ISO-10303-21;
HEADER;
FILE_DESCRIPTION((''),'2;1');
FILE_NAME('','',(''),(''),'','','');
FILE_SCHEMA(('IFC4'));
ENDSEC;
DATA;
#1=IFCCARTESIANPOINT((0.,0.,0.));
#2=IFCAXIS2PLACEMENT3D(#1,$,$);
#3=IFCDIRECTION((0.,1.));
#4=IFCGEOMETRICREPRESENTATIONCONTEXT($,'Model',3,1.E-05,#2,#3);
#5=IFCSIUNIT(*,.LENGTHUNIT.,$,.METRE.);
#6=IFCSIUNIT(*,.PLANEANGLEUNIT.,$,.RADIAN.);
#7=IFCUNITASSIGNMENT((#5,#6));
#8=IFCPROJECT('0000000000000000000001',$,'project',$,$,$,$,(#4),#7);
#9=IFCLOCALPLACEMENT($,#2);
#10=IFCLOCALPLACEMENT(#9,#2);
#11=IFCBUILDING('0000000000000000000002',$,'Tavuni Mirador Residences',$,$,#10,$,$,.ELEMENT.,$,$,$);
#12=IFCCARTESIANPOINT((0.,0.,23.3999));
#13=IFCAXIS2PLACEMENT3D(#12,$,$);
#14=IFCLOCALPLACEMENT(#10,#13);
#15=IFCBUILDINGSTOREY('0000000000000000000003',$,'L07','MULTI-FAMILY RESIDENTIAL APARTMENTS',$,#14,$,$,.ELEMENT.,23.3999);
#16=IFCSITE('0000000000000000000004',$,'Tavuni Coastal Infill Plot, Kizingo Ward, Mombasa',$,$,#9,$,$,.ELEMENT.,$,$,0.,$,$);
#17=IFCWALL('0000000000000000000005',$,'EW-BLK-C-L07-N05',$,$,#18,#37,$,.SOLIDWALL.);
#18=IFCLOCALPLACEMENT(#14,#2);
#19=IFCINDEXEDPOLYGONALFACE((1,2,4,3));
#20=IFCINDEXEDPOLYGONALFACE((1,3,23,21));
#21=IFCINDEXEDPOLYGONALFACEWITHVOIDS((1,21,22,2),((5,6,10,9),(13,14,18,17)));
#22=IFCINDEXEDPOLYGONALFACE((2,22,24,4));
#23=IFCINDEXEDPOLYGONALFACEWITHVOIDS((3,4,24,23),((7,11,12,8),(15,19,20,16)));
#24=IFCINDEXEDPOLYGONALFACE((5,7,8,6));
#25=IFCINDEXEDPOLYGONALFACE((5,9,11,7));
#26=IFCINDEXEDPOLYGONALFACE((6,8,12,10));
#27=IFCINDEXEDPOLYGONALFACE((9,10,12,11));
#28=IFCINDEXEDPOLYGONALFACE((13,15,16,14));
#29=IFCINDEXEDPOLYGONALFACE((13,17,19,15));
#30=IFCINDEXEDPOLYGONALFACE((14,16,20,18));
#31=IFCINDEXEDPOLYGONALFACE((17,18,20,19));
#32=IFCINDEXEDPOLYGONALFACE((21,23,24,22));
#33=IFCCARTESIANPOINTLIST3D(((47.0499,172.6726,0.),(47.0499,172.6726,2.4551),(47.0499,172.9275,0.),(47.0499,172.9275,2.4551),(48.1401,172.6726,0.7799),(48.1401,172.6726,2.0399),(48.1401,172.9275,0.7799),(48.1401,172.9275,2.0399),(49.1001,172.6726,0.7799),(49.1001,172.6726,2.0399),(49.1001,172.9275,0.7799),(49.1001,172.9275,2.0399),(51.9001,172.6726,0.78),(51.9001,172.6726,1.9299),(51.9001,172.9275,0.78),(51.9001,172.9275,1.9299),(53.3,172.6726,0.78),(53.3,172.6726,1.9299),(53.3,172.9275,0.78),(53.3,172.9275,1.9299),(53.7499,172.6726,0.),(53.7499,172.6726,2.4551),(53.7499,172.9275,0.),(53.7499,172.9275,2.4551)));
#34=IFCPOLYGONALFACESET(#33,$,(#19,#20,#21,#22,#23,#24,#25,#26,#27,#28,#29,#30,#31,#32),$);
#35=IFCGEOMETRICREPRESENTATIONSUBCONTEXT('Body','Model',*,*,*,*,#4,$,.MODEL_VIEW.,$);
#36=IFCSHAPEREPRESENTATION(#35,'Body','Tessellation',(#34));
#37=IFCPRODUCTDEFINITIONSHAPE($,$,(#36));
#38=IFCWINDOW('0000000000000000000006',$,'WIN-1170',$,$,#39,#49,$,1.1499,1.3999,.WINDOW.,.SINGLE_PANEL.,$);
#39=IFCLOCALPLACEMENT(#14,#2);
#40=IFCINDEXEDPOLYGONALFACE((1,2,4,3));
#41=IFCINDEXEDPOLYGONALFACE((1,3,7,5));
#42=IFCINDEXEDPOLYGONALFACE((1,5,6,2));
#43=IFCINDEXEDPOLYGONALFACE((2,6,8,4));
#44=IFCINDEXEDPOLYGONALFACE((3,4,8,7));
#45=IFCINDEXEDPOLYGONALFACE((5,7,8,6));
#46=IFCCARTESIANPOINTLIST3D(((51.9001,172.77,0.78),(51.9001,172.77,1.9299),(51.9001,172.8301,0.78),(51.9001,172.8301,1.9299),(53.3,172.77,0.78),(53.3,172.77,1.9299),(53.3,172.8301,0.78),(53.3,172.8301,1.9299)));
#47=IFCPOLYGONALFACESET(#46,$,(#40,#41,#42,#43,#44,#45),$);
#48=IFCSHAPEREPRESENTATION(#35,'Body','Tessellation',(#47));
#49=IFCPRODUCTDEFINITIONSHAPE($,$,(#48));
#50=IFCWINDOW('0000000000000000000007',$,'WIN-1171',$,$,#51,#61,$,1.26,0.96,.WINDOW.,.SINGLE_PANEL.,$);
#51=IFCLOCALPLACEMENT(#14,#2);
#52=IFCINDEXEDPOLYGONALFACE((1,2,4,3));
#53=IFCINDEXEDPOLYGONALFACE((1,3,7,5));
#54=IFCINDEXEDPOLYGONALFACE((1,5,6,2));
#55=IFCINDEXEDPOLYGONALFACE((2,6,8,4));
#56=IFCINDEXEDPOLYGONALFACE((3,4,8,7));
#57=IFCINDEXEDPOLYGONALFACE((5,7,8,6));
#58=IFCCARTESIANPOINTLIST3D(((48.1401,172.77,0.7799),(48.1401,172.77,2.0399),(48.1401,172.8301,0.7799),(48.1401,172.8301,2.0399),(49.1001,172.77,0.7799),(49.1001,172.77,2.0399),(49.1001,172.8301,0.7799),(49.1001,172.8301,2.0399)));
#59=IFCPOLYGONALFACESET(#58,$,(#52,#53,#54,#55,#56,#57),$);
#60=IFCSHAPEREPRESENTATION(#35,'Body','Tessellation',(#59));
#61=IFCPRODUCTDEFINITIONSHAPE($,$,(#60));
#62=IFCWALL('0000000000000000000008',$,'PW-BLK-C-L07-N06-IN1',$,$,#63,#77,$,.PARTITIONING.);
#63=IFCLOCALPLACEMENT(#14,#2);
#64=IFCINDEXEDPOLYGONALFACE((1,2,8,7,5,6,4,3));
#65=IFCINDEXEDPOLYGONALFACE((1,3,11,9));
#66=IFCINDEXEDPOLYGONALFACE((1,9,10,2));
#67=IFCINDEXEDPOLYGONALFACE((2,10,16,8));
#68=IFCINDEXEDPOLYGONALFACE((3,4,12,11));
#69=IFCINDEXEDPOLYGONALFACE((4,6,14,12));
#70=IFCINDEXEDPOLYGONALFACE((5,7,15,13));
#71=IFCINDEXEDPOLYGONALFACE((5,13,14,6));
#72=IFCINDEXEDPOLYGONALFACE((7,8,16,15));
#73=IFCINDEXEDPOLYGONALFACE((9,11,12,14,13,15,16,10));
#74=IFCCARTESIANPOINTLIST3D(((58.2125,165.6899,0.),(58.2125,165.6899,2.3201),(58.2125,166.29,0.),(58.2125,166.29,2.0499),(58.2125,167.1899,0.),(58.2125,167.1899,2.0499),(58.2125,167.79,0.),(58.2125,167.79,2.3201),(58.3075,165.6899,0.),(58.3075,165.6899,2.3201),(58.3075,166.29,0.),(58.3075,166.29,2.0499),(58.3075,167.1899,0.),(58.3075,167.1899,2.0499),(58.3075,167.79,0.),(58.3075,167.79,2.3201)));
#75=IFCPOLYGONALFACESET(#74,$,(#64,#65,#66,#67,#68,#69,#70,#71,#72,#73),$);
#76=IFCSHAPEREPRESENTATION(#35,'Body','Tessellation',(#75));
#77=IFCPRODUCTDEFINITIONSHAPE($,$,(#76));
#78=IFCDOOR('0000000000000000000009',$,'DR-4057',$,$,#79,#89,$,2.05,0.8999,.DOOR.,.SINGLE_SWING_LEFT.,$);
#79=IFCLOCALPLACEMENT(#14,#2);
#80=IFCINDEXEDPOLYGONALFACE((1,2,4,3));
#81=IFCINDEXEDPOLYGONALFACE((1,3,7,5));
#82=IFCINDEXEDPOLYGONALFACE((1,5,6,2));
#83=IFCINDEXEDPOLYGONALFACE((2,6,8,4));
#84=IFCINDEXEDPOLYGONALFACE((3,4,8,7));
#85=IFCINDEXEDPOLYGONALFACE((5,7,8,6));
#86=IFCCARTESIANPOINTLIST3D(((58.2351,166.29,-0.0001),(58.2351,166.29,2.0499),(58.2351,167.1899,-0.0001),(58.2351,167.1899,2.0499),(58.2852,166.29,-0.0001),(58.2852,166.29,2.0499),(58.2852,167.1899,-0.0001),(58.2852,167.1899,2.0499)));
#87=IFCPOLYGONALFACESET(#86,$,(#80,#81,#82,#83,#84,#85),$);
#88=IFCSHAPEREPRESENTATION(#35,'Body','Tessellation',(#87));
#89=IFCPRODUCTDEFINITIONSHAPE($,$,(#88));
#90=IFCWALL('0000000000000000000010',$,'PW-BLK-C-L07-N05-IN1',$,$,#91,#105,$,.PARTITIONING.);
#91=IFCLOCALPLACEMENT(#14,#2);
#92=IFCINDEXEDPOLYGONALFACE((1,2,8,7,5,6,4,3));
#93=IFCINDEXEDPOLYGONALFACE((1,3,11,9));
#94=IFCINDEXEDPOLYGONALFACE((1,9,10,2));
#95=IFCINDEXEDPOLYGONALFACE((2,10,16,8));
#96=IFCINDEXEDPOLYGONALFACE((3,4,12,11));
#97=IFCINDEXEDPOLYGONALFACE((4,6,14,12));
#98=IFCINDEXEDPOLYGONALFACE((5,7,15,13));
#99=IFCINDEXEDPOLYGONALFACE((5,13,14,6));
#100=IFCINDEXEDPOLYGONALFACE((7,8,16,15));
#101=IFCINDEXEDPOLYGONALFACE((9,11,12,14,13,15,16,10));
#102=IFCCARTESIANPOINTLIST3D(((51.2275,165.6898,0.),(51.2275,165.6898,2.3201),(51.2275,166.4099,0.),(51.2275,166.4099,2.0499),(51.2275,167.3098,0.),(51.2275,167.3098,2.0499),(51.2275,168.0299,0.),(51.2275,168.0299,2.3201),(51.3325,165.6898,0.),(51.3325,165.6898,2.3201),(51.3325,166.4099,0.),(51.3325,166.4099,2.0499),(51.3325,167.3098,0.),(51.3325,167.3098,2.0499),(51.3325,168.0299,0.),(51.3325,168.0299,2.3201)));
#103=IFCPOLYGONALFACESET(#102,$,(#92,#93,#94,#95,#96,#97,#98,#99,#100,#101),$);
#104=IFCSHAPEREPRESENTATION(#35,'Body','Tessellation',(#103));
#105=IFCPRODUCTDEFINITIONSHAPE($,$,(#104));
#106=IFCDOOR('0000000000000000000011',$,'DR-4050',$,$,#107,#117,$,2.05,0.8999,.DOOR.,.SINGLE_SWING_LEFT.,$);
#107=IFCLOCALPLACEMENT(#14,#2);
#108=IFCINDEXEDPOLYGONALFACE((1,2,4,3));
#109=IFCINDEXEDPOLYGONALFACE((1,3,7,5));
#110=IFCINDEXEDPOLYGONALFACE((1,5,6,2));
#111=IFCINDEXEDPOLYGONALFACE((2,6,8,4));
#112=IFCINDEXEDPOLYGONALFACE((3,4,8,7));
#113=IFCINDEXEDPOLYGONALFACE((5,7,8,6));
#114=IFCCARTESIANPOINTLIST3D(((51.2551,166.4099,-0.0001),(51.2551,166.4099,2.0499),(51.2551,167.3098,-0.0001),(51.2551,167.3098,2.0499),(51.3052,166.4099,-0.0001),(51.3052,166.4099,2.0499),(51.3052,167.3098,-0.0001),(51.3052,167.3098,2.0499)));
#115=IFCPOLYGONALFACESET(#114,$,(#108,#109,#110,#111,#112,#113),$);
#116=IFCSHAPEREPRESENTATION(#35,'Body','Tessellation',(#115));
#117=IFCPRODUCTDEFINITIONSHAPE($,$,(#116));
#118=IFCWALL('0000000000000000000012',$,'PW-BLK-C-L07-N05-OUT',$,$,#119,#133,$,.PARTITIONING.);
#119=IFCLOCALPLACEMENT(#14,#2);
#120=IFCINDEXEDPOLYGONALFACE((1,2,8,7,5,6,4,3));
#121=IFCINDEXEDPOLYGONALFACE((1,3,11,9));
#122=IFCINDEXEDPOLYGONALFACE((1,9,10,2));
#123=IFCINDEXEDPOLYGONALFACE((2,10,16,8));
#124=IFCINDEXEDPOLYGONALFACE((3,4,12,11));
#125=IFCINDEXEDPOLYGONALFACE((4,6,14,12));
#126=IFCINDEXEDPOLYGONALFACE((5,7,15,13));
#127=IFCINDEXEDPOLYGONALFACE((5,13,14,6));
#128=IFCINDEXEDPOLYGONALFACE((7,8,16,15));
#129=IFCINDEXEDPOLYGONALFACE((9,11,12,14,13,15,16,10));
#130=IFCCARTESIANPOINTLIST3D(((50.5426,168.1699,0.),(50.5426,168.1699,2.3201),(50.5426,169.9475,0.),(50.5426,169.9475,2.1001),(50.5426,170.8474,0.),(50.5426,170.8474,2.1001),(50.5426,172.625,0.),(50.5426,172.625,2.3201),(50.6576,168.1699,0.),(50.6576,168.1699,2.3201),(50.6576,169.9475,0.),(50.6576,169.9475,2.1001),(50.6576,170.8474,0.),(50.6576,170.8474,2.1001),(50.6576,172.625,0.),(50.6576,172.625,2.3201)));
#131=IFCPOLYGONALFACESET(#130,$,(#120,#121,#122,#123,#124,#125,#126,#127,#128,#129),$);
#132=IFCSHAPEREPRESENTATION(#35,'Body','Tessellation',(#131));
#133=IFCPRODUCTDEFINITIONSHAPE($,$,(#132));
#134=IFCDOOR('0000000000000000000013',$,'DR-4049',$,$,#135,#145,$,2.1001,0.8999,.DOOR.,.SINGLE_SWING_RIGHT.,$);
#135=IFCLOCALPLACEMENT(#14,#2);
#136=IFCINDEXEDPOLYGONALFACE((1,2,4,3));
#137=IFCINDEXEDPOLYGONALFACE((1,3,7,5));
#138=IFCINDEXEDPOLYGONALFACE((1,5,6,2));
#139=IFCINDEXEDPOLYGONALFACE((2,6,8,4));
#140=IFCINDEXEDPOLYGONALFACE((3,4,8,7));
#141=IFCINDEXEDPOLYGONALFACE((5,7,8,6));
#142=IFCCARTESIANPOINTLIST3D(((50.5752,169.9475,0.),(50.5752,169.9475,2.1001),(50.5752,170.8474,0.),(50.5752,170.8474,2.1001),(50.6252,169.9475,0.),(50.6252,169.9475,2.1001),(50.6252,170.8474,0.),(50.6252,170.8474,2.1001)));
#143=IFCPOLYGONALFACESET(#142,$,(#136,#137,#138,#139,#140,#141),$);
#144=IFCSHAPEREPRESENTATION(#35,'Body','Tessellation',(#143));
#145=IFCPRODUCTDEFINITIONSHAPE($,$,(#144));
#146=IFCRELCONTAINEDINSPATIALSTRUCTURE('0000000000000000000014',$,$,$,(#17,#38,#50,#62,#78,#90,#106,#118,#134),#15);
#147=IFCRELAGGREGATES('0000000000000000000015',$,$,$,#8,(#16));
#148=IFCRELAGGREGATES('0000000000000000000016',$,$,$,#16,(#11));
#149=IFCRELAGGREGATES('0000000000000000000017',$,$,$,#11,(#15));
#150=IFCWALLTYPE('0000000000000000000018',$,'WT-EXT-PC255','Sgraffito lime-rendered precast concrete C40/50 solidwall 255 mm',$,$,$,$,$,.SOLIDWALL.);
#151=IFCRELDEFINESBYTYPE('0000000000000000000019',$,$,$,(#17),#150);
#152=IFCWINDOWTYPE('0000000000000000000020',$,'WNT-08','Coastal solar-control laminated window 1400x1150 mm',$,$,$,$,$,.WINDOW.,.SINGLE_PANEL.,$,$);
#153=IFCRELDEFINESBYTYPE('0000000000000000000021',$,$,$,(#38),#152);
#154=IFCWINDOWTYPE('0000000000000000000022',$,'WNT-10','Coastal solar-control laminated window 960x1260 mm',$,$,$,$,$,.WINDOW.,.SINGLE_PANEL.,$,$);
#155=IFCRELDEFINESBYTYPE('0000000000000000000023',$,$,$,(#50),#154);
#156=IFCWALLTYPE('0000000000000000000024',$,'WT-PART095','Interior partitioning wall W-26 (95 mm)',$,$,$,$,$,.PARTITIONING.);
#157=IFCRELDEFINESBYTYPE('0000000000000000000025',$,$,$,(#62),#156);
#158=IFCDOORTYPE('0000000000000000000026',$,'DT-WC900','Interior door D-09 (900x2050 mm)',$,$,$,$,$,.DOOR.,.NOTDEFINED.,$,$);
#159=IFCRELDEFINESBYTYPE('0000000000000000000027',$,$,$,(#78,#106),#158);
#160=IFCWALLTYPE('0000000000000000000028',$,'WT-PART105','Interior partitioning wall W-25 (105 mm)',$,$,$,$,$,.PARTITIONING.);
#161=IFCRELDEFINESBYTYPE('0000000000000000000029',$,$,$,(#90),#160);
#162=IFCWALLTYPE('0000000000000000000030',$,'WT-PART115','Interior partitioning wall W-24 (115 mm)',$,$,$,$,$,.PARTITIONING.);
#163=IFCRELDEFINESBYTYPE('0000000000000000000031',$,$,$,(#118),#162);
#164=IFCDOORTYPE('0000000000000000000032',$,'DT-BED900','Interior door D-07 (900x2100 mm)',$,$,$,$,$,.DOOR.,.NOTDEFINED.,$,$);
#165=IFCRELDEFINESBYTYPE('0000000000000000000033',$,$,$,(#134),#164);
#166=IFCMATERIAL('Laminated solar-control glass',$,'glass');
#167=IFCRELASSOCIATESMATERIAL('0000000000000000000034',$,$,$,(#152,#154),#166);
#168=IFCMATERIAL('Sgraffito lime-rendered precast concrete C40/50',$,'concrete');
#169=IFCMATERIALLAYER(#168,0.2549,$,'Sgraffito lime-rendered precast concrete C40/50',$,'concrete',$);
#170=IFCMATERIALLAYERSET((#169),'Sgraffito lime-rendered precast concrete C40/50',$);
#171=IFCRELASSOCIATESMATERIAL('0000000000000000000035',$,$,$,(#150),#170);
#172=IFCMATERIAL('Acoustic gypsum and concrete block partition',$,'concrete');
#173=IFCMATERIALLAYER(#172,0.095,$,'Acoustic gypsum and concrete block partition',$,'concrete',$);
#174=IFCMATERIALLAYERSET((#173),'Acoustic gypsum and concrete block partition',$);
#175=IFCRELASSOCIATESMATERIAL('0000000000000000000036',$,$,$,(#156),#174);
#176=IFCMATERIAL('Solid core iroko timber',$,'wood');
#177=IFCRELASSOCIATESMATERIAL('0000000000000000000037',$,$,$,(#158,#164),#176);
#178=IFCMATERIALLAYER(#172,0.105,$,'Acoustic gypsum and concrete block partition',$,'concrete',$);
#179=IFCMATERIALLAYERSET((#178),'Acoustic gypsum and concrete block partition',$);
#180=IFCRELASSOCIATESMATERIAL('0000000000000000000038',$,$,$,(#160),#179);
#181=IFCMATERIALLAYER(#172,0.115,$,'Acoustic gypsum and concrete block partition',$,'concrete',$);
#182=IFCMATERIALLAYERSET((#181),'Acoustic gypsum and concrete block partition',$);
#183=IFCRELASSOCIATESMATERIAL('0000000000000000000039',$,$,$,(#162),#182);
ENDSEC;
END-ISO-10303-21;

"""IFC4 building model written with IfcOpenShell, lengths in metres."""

from ifc_helpers import new_model, si_unit, direction, frame, frame_2d, origin, place, context, subcontext, project, spatial, rectangle, extrude, material, layer, layer_set, type_object, element, fill, save


model = new_model("IFC4")

# Units and contexts
model_context = context("Model", 3, precision=1e-05, world=origin(), true_north=direction((0.0, 1.0)))
body_context = subcontext(model_context, "Body", "Model", "MODEL_VIEW")
ifc_project = project(units=[si_unit("LENGTHUNIT", "METRE"), si_unit("PLANEANGLEUNIT", "RADIAN")], contexts=[model_context])

# Site, building, storey
site_placement = place(None, origin())
site = spatial("IfcSite", under=ifc_project, at=site_placement, Name="Tavuni Coastal Infill Plot, Kizingo Ward, Mombasa", CompositionType="ELEMENT", RefElevation=0.0)
building_placement = place(site_placement, origin())
building = spatial("IfcBuilding", under=site, at=building_placement, Name="Tavuni Mirador Residences", CompositionType="ELEMENT")
storey_placement = place(building_placement, frame((0.0, 0.0, 23.3999)))
storey = spatial("IfcBuildingStorey", under=building, at=storey_placement, Name="L07", Description="MULTI-FAMILY RESIDENTIAL APARTMENTS", CompositionType="ELEMENT", Elevation=23.3999)

# Shared definitions
ifc_material_1 = material(Name="Solid core iroko timber", Category="wood")

# Wall, openings, windows
ifc_material_2 = material(Name="Sgraffito lime-rendered precast concrete C40/50", Category="concrete")
ifc_material_3 = material(Name="Laminated solar-control glass", Category="glass")
window_type_1 = type_object("IfcWindowType", Name="WNT-08", Description="Coastal solar-control laminated window 1400x1150 mm", PartitioningType="SINGLE_PANEL", PredefinedType="WINDOW", material=ifc_material_3)
ifc_layer_1 = layer(ifc_material_2, 0.2549, Name="Sgraffito lime-rendered precast concrete C40/50", Category="concrete")
ifc_layer_set_1 = layer_set([ifc_layer_1], Name="Sgraffito lime-rendered precast concrete C40/50")
wall_type_1 = type_object("IfcWallType", Name="WT-EXT-PC255", Description="Sgraffito lime-rendered precast concrete C40/50 solidwall 255 mm", PredefinedType="SOLIDWALL", material=ifc_layer_set_1)
wall_1_placement = place(storey_placement, frame((53.75, 172.8, 0.0), z_axis=(0.0, 0.0, 1.0), x_axis=(-1.0, 0.0, 0.0)))
wall_1 = element("IfcWall", 1, at=wall_1_placement, inside=storey, type_object=wall_type_1, Name="EW-BLK-C-L07-N05", PredefinedType="SOLIDWALL", context=body_context, shape_type="SweptSolid", body=[
    extrude(rectangle(XDim=6.7, YDim=0.2549, at=frame_2d((3.3501, 0.0))), origin(), (0.0, 0.0, 1.0), 2.4551),
])
opening_1_placement = place(wall_1_placement, frame((0.45, 0.0, 0.78)))
opening_1 = element("IfcOpeningElement", 2, at=opening_1_placement, cuts=wall_1, PredefinedType="OPENING", context=body_context, shape_type="SweptSolid", body=[
    extrude(rectangle(XDim=1.3999, YDim=1.1499, at=frame_2d((0.7, 0.575))), frame((0.0, 0.1375, 0.0), z_axis=(0.0, -1.0, 0.0), x_axis=(1.0, 0.0, 0.0)), (0.0, 0.0, 1.0), 0.2749),
])
opening_2_placement = place(wall_1_placement, frame((4.6499, 0.0, 0.78)))
opening_2 = element("IfcOpeningElement", 3, at=opening_2_placement, cuts=wall_1, PredefinedType="OPENING", context=body_context, shape_type="SweptSolid", body=[
    extrude(rectangle(XDim=0.96, YDim=1.26, at=frame_2d((0.48, 0.6299))), frame((0.0, 0.1375, 0.0), z_axis=(0.0, -1.0, 0.0), x_axis=(1.0, 0.0, 0.0)), (0.0, 0.0, 1.0), 0.2749),
])
window_1_placement = place(opening_1_placement, origin())
window_1 = element("IfcWindow", 4, at=window_1_placement, inside=storey, type_object=window_type_1, Name="WIN-1170", OverallHeight=1.1499, OverallWidth=1.3999, PartitioningType="SINGLE_PANEL", PredefinedType="WINDOW", context=body_context, shape_type="SweptSolid", body=[
    extrude(rectangle(XDim=1.3999, YDim=1.1499, at=frame_2d((0.7, 0.575))), frame((0.0, 0.03, 0.0), z_axis=(0.0, -1.0, 0.0), x_axis=(1.0, 0.0, 0.0)), (0.0, 0.0, 1.0), 0.0601),
])
fill(opening_1, window_1)
window_type_2 = type_object("IfcWindowType", Name="WNT-10", Description="Coastal solar-control laminated window 960x1260 mm", PartitioningType="SINGLE_PANEL", PredefinedType="WINDOW", material=ifc_material_3)
window_2_placement = place(opening_2_placement, origin())
window_2 = element("IfcWindow", 5, at=window_2_placement, inside=storey, type_object=window_type_2, Name="WIN-1171", OverallHeight=1.26, OverallWidth=0.96, PartitioningType="SINGLE_PANEL", PredefinedType="WINDOW", context=body_context, shape_type="SweptSolid", body=[
    extrude(rectangle(XDim=0.96, YDim=1.26, at=frame_2d((0.48, 0.6299))), frame((0.0, 0.03, 0.0), z_axis=(0.0, -1.0, 0.0), x_axis=(1.0, 0.0, 0.0)), (0.0, 0.0, 1.0), 0.0601),
])
fill(opening_2, window_2)

# Walls, openings, doors
ifc_material_4 = material(Name="Acoustic gypsum and concrete block partition", Category="concrete")
ifc_layer_2 = layer(ifc_material_4, 0.095, Name="Acoustic gypsum and concrete block partition", Category="concrete")
ifc_layer_set_2 = layer_set([ifc_layer_2], Name="Acoustic gypsum and concrete block partition")
wall_type_2 = type_object("IfcWallType", Name="WT-PART095", Description="Interior partitioning wall W-26 (95 mm)", PredefinedType="PARTITIONING", material=ifc_layer_set_2)
wall_2_placement = place(storey_placement, frame((58.26, 165.6899, 0.0), z_axis=(0.0, 0.0, 1.0), x_axis=(0.0, 1.0, 0.0)))
wall_2 = element("IfcWall", 6, at=wall_2_placement, inside=storey, type_object=wall_type_2, Name="PW-BLK-C-L07-N06-IN1", PredefinedType="PARTITIONING", context=body_context, shape_type="SweptSolid", body=[
    extrude(rectangle(XDim=2.1001, YDim=0.095, at=frame_2d((1.05, 0.0))), origin(), (0.0, 0.0, 1.0), 2.3201),
])
opening_3_placement = place(wall_2_placement, frame((0.6001, 0.0, 0.0)))
opening_3 = element("IfcOpeningElement", 7, at=opening_3_placement, cuts=wall_2, PredefinedType="OPENING", context=body_context, shape_type="SweptSolid", body=[
    extrude(rectangle(XDim=0.8999, YDim=2.05, at=frame_2d((0.45, 1.0249))), frame((0.0, 0.0576, 0.0), z_axis=(0.0, -1.0, 0.0), x_axis=(1.0, 0.0, 0.0)), (0.0, 0.0, 1.0), 0.115),
])
door_type_1 = type_object("IfcDoorType", Name="DT-WC900", Description="Interior door D-09 (900x2050 mm)", OperationType="NOTDEFINED", PredefinedType="DOOR", material=ifc_material_1)
door_1_placement = place(opening_3_placement, origin())
door_1 = element("IfcDoor", 8, at=door_1_placement, inside=storey, type_object=door_type_1, Name="DR-4057", OperationType="SINGLE_SWING_LEFT", OverallHeight=2.05, OverallWidth=0.8999, PredefinedType="DOOR", context=body_context, shape_type="SweptSolid", body=[
    extrude(rectangle(XDim=0.8999, YDim=2.05, at=frame_2d((0.45, 1.0249))), frame((0.0, 0.0249, 0.0), z_axis=(0.0, -1.0, 0.0), x_axis=(1.0, 0.0, 0.0)), (0.0, 0.0, 1.0), 0.05),
])
fill(opening_3, door_1)
ifc_layer_3 = layer(ifc_material_4, 0.105, Name="Acoustic gypsum and concrete block partition", Category="concrete")
ifc_layer_set_3 = layer_set([ifc_layer_3], Name="Acoustic gypsum and concrete block partition")
wall_type_3 = type_object("IfcWallType", Name="WT-PART105", Description="Interior partitioning wall W-25 (105 mm)", PredefinedType="PARTITIONING", material=ifc_layer_set_3)
wall_3_placement = place(storey_placement, frame((51.28, 165.6899, 0.0), z_axis=(0.0, 0.0, 1.0), x_axis=(0.0, 1.0, 0.0)))
wall_3 = element("IfcWall", 9, at=wall_3_placement, inside=storey, type_object=wall_type_3, Name="PW-BLK-C-L07-N05-IN1", PredefinedType="PARTITIONING", context=body_context, shape_type="SweptSolid", body=[
    extrude(rectangle(XDim=2.3401, YDim=0.105, at=frame_2d((1.1699, 0.0))), origin(), (0.0, 0.0, 1.0), 2.3201),
])
opening_4_placement = place(wall_3_placement, frame((0.72, 0.0, 0.0)))
opening_4 = element("IfcOpeningElement", 10, at=opening_4_placement, cuts=wall_3, PredefinedType="OPENING", context=body_context, shape_type="SweptSolid", body=[
    extrude(rectangle(XDim=0.8999, YDim=2.05, at=frame_2d((0.45, 1.0249))), frame((0.0, 0.0625, 0.0), z_axis=(0.0, -1.0, 0.0), x_axis=(1.0, 0.0, 0.0)), (0.0, 0.0, 1.0), 0.125),
])
door_2_placement = place(opening_4_placement, origin())
door_2 = element("IfcDoor", 11, at=door_2_placement, inside=storey, type_object=door_type_1, Name="DR-4050", OperationType="SINGLE_SWING_LEFT", OverallHeight=2.05, OverallWidth=0.8999, PredefinedType="DOOR", context=body_context, shape_type="SweptSolid", body=[
    extrude(rectangle(XDim=0.8999, YDim=2.05, at=frame_2d((0.45, 1.0249))), frame((0.0, 0.0249, 0.0), z_axis=(0.0, -1.0, 0.0), x_axis=(1.0, 0.0, 0.0)), (0.0, 0.0, 1.0), 0.05),
])
fill(opening_4, door_2)
ifc_layer_4 = layer(ifc_material_4, 0.115, Name="Acoustic gypsum and concrete block partition", Category="concrete")
ifc_layer_set_4 = layer_set([ifc_layer_4], Name="Acoustic gypsum and concrete block partition")
wall_type_4 = type_object("IfcWallType", Name="WT-PART115", Description="Interior partitioning wall W-24 (115 mm)", PredefinedType="PARTITIONING", material=ifc_layer_set_4)
wall_4_placement = place(storey_placement, frame((50.6001, 168.1699, 0.0), z_axis=(0.0, 0.0, 1.0), x_axis=(0.0, 1.0, 0.0)))
wall_4 = element("IfcWall", 12, at=wall_4_placement, inside=storey, type_object=wall_type_4, Name="PW-BLK-C-L07-N05-OUT", PredefinedType="PARTITIONING", context=body_context, shape_type="SweptSolid", body=[
    extrude(rectangle(XDim=4.4551, YDim=0.115, at=frame_2d((2.2275, 0.0))), origin(), (0.0, 0.0, 1.0), 2.3201),
])
opening_5_placement = place(wall_4_placement, frame((1.7776, 0.0, 0.0)))
opening_5 = element("IfcOpeningElement", 13, at=opening_5_placement, cuts=wall_4, PredefinedType="OPENING", context=body_context, shape_type="SweptSolid", body=[
    extrude(rectangle(XDim=0.8999, YDim=2.1001, at=frame_2d((0.45, 1.05))), frame((0.0, 0.0674, 0.0), z_axis=(0.0, -1.0, 0.0), x_axis=(1.0, 0.0, 0.0)), (0.0, 0.0, 1.0), 0.135),
])
door_type_2 = type_object("IfcDoorType", Name="DT-BED900", Description="Interior door D-07 (900x2100 mm)", OperationType="NOTDEFINED", PredefinedType="DOOR", material=ifc_material_1)
door_3_placement = place(opening_5_placement, origin())
door_3 = element("IfcDoor", 14, at=door_3_placement, inside=storey, type_object=door_type_2, Name="DR-4049", OperationType="SINGLE_SWING_RIGHT", OverallHeight=2.1001, OverallWidth=0.8999, PredefinedType="DOOR", context=body_context, shape_type="SweptSolid", body=[
    extrude(rectangle(XDim=0.8999, YDim=2.1001, at=frame_2d((0.45, 1.05))), frame((0.0, 0.0249, 0.0), z_axis=(0.0, -1.0, 0.0), x_axis=(1.0, 0.0, 0.0)), (0.0, 0.0, 1.0), 0.05),
])
fill(opening_5, door_3)

save(model, "model.ifc")
